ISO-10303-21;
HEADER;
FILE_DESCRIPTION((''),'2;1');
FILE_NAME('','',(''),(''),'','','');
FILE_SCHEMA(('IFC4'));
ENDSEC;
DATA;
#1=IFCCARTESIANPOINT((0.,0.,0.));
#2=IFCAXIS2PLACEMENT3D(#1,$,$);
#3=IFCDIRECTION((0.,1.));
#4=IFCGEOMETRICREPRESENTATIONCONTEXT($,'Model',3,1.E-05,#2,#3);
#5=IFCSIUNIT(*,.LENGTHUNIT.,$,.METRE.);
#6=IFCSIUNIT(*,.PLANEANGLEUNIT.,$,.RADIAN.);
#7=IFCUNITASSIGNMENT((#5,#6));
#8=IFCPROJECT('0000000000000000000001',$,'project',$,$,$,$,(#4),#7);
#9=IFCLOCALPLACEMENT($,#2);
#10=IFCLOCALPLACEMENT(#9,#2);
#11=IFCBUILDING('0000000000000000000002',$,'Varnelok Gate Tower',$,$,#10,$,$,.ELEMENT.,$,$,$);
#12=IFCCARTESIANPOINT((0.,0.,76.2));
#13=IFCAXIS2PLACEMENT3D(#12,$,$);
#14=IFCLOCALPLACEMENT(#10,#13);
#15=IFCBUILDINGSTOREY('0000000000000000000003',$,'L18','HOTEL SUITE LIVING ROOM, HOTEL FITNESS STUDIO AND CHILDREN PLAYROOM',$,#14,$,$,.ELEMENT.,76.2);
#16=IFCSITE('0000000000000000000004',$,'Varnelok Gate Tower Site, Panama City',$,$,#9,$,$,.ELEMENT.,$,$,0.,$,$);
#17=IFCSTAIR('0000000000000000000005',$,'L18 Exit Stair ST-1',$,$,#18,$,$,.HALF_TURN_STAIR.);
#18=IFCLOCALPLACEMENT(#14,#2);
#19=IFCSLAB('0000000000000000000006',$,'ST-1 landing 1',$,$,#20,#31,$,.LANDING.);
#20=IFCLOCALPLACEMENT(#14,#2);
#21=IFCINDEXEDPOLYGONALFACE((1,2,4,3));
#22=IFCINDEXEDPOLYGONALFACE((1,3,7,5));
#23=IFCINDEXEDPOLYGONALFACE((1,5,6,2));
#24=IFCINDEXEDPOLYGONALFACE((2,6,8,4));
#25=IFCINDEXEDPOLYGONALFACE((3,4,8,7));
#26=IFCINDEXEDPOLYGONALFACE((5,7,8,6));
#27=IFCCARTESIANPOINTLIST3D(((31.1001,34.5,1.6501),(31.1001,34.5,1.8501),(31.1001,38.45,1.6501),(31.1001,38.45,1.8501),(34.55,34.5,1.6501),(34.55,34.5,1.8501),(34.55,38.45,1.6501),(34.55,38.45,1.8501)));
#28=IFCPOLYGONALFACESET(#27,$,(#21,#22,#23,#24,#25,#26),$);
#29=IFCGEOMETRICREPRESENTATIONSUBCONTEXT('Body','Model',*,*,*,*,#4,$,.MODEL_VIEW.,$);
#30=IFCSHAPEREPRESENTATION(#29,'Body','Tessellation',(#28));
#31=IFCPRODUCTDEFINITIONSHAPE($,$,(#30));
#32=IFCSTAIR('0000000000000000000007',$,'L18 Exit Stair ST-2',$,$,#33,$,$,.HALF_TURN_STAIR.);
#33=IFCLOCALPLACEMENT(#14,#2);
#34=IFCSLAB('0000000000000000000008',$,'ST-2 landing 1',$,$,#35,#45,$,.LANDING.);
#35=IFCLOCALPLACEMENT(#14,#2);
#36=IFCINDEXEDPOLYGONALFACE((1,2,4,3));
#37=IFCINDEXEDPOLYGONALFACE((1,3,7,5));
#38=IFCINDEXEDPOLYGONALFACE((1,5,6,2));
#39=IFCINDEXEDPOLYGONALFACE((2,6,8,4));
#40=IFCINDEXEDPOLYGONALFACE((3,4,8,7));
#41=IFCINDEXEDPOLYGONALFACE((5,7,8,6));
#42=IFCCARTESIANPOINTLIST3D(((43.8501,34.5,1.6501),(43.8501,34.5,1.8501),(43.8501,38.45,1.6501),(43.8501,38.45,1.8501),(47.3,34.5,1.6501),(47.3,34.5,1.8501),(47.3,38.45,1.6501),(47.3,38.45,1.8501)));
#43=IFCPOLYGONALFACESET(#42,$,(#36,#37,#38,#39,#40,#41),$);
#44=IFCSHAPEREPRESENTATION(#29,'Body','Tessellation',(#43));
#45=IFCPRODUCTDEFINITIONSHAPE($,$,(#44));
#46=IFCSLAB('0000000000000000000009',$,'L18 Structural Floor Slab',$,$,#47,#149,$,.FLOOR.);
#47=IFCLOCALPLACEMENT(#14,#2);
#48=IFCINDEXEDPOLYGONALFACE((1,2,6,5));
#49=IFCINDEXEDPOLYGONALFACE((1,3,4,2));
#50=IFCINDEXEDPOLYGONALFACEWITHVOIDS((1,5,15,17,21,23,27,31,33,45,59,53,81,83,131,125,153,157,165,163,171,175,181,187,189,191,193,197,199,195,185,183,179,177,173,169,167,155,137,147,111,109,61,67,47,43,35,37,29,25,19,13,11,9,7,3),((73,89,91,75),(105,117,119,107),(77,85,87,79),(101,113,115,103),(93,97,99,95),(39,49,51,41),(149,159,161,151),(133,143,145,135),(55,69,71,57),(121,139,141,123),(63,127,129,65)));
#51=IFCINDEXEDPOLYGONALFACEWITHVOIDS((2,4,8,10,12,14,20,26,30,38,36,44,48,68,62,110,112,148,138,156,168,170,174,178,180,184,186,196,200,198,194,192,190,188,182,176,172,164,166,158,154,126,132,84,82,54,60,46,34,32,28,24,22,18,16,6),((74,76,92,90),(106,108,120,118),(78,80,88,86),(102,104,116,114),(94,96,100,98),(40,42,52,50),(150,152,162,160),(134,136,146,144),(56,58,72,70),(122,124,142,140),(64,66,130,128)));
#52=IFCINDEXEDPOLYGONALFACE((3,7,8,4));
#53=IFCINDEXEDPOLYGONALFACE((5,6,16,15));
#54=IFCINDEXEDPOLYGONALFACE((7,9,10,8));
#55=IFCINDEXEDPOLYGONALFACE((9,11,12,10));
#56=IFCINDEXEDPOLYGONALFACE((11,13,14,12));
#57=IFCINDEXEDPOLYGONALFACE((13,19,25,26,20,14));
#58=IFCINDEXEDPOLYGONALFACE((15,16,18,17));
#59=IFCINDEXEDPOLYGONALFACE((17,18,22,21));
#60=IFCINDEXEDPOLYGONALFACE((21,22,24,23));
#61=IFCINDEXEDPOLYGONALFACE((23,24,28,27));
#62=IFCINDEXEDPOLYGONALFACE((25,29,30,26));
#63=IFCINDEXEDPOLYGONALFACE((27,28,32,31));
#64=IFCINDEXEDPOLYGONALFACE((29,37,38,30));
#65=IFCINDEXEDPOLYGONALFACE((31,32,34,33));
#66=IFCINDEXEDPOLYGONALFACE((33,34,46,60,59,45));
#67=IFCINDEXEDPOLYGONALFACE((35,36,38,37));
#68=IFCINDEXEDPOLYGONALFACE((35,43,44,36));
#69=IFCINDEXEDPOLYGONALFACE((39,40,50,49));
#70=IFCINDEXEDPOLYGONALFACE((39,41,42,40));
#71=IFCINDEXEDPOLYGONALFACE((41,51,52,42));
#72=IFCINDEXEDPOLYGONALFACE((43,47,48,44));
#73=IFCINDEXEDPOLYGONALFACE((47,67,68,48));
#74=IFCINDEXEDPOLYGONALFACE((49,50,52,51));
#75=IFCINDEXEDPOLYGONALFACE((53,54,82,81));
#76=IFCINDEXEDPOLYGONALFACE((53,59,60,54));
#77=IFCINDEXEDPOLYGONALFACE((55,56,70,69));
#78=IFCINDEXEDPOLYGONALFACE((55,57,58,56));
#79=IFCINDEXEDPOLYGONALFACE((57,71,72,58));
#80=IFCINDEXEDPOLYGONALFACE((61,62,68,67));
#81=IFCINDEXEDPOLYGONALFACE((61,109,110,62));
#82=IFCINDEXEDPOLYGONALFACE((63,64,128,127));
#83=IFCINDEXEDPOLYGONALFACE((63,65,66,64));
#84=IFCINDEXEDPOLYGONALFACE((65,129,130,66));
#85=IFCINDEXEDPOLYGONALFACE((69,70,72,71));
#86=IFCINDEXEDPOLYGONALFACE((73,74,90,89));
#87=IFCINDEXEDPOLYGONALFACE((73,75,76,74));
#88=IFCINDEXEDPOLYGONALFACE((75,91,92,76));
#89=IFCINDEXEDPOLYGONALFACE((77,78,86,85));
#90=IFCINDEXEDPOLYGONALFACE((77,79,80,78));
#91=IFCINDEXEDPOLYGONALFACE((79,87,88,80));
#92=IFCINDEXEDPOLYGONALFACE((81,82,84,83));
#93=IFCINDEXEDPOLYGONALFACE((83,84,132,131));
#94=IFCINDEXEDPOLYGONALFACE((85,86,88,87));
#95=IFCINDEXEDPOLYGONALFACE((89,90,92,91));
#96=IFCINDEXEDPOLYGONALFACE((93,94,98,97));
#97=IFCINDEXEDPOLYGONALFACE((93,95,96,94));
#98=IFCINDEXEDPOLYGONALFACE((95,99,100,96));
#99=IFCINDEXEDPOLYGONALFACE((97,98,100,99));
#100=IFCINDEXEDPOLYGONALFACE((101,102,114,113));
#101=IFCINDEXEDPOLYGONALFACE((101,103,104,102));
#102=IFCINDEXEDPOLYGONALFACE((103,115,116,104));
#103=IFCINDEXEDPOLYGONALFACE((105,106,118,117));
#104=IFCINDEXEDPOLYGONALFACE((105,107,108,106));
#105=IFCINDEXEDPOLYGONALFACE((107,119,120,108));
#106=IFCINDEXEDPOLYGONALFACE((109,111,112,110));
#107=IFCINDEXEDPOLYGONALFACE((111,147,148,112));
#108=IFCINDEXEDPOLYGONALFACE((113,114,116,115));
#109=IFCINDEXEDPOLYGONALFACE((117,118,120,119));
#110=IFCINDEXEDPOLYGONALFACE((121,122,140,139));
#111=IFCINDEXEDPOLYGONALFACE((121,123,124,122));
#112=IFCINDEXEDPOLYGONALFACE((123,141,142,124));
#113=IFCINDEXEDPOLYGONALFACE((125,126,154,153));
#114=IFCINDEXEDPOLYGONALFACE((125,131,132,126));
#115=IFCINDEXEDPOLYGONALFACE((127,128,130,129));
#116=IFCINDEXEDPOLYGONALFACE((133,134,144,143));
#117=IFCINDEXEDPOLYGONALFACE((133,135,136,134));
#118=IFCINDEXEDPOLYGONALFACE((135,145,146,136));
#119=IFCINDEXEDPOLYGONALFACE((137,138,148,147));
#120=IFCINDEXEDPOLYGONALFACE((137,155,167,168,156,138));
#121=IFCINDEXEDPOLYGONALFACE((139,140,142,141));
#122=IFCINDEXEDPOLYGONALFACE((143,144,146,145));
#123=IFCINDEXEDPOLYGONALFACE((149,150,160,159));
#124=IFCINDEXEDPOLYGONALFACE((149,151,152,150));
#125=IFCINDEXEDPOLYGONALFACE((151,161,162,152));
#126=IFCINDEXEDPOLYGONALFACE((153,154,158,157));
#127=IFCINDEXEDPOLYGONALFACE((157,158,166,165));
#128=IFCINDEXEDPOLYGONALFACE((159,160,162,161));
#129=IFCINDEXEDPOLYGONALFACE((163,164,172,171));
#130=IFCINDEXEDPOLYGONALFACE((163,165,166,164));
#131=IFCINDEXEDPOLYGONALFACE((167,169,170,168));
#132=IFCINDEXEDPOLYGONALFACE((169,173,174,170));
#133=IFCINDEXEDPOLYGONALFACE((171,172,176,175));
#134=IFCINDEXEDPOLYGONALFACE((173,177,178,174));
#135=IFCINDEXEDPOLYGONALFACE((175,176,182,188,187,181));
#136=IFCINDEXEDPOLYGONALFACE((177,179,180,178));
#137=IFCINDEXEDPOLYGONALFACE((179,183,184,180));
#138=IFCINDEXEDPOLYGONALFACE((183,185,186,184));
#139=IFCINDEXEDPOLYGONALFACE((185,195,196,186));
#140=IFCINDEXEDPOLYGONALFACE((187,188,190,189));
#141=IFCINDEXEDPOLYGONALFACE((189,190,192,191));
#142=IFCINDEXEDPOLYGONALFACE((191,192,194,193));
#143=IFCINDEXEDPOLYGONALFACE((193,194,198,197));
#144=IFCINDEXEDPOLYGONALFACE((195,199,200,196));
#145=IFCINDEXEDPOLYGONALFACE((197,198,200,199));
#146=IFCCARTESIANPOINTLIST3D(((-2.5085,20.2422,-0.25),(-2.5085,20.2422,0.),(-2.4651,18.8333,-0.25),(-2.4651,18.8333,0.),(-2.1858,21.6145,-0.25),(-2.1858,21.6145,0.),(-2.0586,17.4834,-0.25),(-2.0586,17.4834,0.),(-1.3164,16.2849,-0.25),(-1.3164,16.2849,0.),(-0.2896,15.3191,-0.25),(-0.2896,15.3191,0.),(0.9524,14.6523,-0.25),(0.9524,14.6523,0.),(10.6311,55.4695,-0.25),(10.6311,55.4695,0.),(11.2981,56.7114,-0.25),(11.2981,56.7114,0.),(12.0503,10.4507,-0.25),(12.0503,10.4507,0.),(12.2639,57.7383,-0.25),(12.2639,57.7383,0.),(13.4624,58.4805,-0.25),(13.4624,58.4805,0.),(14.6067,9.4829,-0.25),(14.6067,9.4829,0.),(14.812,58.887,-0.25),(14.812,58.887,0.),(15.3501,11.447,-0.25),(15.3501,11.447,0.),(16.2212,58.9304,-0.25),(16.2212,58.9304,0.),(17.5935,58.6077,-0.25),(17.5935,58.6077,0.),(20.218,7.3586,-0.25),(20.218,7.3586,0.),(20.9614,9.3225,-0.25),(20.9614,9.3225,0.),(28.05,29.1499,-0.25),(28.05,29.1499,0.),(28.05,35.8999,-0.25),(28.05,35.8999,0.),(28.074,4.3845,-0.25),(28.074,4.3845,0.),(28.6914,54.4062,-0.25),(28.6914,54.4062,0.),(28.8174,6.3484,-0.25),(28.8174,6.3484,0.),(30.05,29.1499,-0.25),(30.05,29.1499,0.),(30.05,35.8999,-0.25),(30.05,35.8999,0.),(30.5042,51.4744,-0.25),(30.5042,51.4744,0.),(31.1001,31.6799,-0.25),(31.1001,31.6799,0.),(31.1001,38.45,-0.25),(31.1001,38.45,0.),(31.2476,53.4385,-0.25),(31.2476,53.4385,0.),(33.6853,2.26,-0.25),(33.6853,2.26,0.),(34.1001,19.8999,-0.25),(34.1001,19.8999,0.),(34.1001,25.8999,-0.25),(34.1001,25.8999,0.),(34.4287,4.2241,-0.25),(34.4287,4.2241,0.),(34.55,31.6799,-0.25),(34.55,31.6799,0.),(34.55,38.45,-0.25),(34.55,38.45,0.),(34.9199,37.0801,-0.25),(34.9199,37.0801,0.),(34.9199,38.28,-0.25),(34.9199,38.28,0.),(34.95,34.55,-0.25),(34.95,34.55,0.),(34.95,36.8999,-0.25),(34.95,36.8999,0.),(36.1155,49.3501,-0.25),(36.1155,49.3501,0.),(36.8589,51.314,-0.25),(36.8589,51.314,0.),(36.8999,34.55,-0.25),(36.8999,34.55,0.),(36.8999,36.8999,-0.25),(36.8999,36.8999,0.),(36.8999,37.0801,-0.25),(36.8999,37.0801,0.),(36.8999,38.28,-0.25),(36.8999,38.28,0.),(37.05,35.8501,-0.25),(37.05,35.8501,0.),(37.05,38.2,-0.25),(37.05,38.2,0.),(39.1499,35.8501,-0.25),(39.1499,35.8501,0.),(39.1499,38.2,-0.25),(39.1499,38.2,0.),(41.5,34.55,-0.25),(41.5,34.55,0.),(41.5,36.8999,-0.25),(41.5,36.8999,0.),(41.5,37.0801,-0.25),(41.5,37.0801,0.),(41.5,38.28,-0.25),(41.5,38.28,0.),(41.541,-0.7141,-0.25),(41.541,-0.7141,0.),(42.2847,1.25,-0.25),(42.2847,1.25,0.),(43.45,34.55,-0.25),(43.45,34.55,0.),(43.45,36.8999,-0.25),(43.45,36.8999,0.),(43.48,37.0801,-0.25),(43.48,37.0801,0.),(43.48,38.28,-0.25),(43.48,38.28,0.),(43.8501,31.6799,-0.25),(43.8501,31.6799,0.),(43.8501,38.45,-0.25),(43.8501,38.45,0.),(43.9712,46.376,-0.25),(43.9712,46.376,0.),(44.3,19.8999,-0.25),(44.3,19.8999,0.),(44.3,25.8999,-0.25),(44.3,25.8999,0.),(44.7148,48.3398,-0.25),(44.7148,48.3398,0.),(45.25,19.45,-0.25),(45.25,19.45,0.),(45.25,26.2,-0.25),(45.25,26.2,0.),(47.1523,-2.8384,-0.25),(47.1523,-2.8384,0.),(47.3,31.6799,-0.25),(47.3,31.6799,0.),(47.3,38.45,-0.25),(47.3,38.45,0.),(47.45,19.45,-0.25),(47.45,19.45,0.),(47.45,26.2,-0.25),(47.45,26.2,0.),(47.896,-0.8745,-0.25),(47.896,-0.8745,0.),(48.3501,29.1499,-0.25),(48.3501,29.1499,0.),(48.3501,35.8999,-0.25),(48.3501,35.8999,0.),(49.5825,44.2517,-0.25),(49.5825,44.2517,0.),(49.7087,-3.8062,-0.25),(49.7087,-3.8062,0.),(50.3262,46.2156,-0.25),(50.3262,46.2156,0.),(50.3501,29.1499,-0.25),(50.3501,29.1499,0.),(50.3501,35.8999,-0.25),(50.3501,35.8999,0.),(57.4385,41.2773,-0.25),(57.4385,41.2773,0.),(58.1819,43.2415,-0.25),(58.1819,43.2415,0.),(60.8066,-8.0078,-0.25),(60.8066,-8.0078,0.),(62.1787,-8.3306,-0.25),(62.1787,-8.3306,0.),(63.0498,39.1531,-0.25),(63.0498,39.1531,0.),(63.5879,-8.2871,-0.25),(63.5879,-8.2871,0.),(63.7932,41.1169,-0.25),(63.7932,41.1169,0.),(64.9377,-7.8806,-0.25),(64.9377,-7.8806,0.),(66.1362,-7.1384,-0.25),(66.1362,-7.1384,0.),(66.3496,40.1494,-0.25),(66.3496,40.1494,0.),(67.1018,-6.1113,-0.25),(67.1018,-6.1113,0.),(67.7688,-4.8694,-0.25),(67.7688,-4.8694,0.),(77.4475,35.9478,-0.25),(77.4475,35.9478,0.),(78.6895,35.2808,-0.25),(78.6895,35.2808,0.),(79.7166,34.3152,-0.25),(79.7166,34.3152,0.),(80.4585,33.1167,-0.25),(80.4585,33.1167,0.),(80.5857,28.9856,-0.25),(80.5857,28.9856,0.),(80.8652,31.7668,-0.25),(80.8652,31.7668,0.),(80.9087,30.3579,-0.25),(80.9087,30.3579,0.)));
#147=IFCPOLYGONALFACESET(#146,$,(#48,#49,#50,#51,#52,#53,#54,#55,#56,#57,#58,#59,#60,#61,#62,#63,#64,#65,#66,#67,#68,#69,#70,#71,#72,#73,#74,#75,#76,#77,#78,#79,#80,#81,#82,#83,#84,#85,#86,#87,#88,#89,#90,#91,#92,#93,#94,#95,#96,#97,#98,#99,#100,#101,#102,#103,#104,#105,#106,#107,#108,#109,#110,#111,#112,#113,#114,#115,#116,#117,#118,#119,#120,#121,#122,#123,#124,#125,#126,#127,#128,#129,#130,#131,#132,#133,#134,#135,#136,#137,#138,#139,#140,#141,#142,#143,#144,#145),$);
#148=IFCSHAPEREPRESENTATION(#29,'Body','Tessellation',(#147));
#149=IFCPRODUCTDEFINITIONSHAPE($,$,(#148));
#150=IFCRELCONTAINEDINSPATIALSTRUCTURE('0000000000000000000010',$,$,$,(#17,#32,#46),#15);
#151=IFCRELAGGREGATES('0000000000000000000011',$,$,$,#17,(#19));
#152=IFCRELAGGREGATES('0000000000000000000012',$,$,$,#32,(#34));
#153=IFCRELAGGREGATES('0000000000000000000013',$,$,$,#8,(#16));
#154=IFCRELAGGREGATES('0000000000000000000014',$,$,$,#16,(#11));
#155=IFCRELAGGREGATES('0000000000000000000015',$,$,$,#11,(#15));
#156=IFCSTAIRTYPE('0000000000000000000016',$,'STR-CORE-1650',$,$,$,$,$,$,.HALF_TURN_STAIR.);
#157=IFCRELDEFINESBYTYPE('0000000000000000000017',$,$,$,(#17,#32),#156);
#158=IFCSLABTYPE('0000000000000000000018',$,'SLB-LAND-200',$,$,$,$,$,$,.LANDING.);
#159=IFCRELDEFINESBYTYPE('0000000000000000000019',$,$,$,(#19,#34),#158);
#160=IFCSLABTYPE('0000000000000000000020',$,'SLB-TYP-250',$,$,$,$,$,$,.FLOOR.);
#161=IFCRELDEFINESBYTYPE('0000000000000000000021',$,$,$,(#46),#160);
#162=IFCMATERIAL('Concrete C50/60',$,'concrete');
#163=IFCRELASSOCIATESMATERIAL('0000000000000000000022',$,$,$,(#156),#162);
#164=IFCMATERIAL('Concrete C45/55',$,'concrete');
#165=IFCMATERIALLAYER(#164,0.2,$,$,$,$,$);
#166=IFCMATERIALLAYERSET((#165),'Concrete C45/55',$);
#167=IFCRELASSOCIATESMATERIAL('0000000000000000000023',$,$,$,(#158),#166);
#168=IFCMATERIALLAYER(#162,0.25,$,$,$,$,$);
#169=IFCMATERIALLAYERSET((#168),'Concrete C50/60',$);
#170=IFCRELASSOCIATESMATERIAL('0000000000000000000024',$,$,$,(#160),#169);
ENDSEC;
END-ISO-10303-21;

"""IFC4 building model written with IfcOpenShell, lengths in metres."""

from ifc_helpers import new_model, si_unit, direction, frame, origin, place, context, subcontext, project, spatial, polyline, outline, extrude, material, layer, layer_set, type_object, element, aggregate, save


model = new_model("IFC4")

# Units and contexts
model_context = context("Model", 3, precision=1e-05, world=origin(), true_north=direction((0.0, 1.0)))
body_context = subcontext(model_context, "Body", "Model", "MODEL_VIEW")
ifc_project = project(units=[si_unit("LENGTHUNIT", "METRE"), si_unit("PLANEANGLEUNIT", "RADIAN")], contexts=[model_context])

# Site, building, storey
site_placement = place(None, origin())
site = spatial("IfcSite", under=ifc_project, at=site_placement, Name="Varnelok Gate Tower Site, Panama City", CompositionType="ELEMENT", RefElevation=0.0)
building_placement = place(site_placement, origin())
building = spatial("IfcBuilding", under=site, at=building_placement, Name="Varnelok Gate Tower", CompositionType="ELEMENT")
storey_placement = place(building_placement, frame((0.0, 0.0, 76.2)))
storey = spatial("IfcBuildingStorey", under=building, at=storey_placement, Name="L18", Description="HOTEL SUITE LIVING ROOM, HOTEL FITNESS STUDIO AND CHILDREN PLAYROOM", CompositionType="ELEMENT", Elevation=76.2)

# Shared definitions
ifc_material_1 = material(Name="Concrete C45/55", Category="concrete")

# Stairs, slabs
ifc_material_2 = material(Name="Concrete C50/60", Category="concrete")
stair_type = type_object("IfcStairType", Name="STR-CORE-1650", PredefinedType="HALF_TURN_STAIR", material=ifc_material_2)
stair_1_placement = place(storey_placement, origin())
stair_1 = element("IfcStair", 1, at=stair_1_placement, inside=storey, type_object=stair_type, Name="L18 Exit Stair ST-1", PredefinedType="HALF_TURN_STAIR")
ifc_layer_1 = layer(ifc_material_1, 0.2)
ifc_layer_set_1 = layer_set([ifc_layer_1], Name="Concrete C45/55")
slab_type_1 = type_object("IfcSlabType", Name="SLB-LAND-200", PredefinedType="LANDING", material=ifc_layer_set_1)
slab_1_placement = place(storey_placement, frame((0.0, 0.0, 1.6501)))
slab_1 = element("IfcSlab", 2, at=slab_1_placement, type_object=slab_type_1, Name="ST-1 landing 1", PredefinedType="LANDING", context=body_context, shape_type="SweptSolid", body=[
    extrude(outline(polyline([(34.55, 34.5), (34.55, 38.45), (31.1001, 38.45), (31.1001, 34.5), (34.55, 34.5)])), origin(), (0.0, 0.0, 1.0), 0.2),
])
aggregate(stair_1, [slab_1])
stair_2_placement = place(storey_placement, origin())
stair_2 = element("IfcStair", 3, at=stair_2_placement, inside=storey, type_object=stair_type, Name="L18 Exit Stair ST-2", PredefinedType="HALF_TURN_STAIR")
slab_2_placement = place(storey_placement, frame((0.0, 0.0, 1.6501)))
slab_2 = element("IfcSlab", 4, at=slab_2_placement, type_object=slab_type_1, Name="ST-2 landing 1", PredefinedType="LANDING", context=body_context, shape_type="SweptSolid", body=[
    extrude(outline(polyline([(47.3, 34.5), (47.3, 38.45), (43.8501, 38.45), (43.8501, 34.5), (47.3, 34.5)])), origin(), (0.0, 0.0, 1.0), 0.2),
])
aggregate(stair_2, [slab_2])

# Slab
ifc_layer_2 = layer(ifc_material_2, 0.25)
ifc_layer_set_2 = layer_set([ifc_layer_2], Name="Concrete C50/60")
slab_type_2 = type_object("IfcSlabType", Name="SLB-TYP-250", PredefinedType="FLOOR", material=ifc_layer_set_2)
slab_3_placement = place(storey_placement, frame((0.0, 0.0, -0.25)))
element("IfcSlab", 5, at=slab_3_placement, inside=storey, type_object=slab_type_2, Name="L18 Structural Floor Slab", PredefinedType="FLOOR", context=body_context, shape_type="SweptSolid", body=[
    extrude(outline(polyline([(-2.1858, 21.6145), (-2.5085, 20.2422), (-2.4651, 18.8333), (-2.0586, 17.4834), (-1.3164, 16.2849), (-0.2896, 15.3191), (0.9524, 14.6523), (12.0503, 10.4507), (14.6067, 9.4829), (15.3501, 11.447), (20.9614, 9.3225), (20.218, 7.3586), (28.074, 4.3845), (28.8174, 6.3484), (34.4287, 4.2241), (33.6853, 2.26), (41.541, -0.7141), (42.2847, 1.25), (47.896, -0.8745), (47.1523, -2.8384), (49.7087, -3.8062), (60.8066, -8.0078), (62.1787, -8.3306), (63.5879, -8.2871), (64.9377, -7.8806), (66.1362, -7.1384), (67.1018, -6.1113), (67.7688, -4.8694), (80.5857, 28.9856), (80.9087, 30.3579), (80.8652, 31.7668), (80.4585, 33.1167), (79.7166, 34.3152), (78.6895, 35.2808), (77.4475, 35.9478), (66.3496, 40.1494), (63.7932, 41.1169), (63.0498, 39.1531), (57.4385, 41.2773), (58.1819, 43.2415), (50.3262, 46.2156), (49.5825, 44.2517), (43.9712, 46.376), (44.7148, 48.3398), (36.8589, 51.314), (36.1155, 49.3501), (30.5042, 51.4744), (31.2476, 53.4385), (28.6914, 54.4062), (17.5935, 58.6077), (16.2212, 58.9304), (14.812, 58.887), (13.4624, 58.4805), (12.2639, 57.7383), (11.2981, 56.7114), (10.6311, 55.4695), (-2.1858, 21.6145)]), holes=[polyline([(34.55, 31.6799), (34.55, 38.45), (31.1001, 38.45), (31.1001, 31.6799), (34.55, 31.6799)]), polyline([(47.3, 31.6799), (47.3, 38.45), (43.8501, 38.45), (43.8501, 31.6799), (47.3, 31.6799)]), polyline([(34.95, 34.55), (36.8999, 34.55), (36.8999, 36.8999), (34.95, 36.8999), (34.95, 34.55)]), polyline([(41.5, 34.55), (43.45, 34.55), (43.45, 36.8999), (41.5, 36.8999), (41.5, 34.55)]), polyline([(37.05, 35.8501), (39.1499, 35.8501), (39.1499, 38.2), (37.05, 38.2), (37.05, 35.8501)]), polyline([(28.05, 29.1499), (30.05, 29.1499), (30.05, 35.8999), (28.05, 35.8999), (28.05, 29.1499)]), polyline([(48.3501, 29.1499), (50.3501, 29.1499), (50.3501, 35.8999), (48.3501, 35.8999), (48.3501, 29.1499)]), polyline([(45.25, 19.45), (47.45, 19.45), (47.45, 26.2), (45.25, 26.2), (45.25, 19.45)]), polyline([(34.9199, 37.0801), (36.8999, 37.0801), (36.8999, 38.28), (34.9199, 38.28), (34.9199, 37.0801)]), polyline([(41.5, 37.0801), (43.48, 37.0801), (43.48, 38.28), (41.5, 38.28), (41.5, 37.0801)]), polyline([(34.1001, 19.8999), (44.3, 19.8999), (44.3, 25.8999), (34.1001, 25.8999), (34.1001, 19.8999)])]), origin(), (0.0, 0.0, 1.0), 0.25),
])

save(model, "model.ifc")
